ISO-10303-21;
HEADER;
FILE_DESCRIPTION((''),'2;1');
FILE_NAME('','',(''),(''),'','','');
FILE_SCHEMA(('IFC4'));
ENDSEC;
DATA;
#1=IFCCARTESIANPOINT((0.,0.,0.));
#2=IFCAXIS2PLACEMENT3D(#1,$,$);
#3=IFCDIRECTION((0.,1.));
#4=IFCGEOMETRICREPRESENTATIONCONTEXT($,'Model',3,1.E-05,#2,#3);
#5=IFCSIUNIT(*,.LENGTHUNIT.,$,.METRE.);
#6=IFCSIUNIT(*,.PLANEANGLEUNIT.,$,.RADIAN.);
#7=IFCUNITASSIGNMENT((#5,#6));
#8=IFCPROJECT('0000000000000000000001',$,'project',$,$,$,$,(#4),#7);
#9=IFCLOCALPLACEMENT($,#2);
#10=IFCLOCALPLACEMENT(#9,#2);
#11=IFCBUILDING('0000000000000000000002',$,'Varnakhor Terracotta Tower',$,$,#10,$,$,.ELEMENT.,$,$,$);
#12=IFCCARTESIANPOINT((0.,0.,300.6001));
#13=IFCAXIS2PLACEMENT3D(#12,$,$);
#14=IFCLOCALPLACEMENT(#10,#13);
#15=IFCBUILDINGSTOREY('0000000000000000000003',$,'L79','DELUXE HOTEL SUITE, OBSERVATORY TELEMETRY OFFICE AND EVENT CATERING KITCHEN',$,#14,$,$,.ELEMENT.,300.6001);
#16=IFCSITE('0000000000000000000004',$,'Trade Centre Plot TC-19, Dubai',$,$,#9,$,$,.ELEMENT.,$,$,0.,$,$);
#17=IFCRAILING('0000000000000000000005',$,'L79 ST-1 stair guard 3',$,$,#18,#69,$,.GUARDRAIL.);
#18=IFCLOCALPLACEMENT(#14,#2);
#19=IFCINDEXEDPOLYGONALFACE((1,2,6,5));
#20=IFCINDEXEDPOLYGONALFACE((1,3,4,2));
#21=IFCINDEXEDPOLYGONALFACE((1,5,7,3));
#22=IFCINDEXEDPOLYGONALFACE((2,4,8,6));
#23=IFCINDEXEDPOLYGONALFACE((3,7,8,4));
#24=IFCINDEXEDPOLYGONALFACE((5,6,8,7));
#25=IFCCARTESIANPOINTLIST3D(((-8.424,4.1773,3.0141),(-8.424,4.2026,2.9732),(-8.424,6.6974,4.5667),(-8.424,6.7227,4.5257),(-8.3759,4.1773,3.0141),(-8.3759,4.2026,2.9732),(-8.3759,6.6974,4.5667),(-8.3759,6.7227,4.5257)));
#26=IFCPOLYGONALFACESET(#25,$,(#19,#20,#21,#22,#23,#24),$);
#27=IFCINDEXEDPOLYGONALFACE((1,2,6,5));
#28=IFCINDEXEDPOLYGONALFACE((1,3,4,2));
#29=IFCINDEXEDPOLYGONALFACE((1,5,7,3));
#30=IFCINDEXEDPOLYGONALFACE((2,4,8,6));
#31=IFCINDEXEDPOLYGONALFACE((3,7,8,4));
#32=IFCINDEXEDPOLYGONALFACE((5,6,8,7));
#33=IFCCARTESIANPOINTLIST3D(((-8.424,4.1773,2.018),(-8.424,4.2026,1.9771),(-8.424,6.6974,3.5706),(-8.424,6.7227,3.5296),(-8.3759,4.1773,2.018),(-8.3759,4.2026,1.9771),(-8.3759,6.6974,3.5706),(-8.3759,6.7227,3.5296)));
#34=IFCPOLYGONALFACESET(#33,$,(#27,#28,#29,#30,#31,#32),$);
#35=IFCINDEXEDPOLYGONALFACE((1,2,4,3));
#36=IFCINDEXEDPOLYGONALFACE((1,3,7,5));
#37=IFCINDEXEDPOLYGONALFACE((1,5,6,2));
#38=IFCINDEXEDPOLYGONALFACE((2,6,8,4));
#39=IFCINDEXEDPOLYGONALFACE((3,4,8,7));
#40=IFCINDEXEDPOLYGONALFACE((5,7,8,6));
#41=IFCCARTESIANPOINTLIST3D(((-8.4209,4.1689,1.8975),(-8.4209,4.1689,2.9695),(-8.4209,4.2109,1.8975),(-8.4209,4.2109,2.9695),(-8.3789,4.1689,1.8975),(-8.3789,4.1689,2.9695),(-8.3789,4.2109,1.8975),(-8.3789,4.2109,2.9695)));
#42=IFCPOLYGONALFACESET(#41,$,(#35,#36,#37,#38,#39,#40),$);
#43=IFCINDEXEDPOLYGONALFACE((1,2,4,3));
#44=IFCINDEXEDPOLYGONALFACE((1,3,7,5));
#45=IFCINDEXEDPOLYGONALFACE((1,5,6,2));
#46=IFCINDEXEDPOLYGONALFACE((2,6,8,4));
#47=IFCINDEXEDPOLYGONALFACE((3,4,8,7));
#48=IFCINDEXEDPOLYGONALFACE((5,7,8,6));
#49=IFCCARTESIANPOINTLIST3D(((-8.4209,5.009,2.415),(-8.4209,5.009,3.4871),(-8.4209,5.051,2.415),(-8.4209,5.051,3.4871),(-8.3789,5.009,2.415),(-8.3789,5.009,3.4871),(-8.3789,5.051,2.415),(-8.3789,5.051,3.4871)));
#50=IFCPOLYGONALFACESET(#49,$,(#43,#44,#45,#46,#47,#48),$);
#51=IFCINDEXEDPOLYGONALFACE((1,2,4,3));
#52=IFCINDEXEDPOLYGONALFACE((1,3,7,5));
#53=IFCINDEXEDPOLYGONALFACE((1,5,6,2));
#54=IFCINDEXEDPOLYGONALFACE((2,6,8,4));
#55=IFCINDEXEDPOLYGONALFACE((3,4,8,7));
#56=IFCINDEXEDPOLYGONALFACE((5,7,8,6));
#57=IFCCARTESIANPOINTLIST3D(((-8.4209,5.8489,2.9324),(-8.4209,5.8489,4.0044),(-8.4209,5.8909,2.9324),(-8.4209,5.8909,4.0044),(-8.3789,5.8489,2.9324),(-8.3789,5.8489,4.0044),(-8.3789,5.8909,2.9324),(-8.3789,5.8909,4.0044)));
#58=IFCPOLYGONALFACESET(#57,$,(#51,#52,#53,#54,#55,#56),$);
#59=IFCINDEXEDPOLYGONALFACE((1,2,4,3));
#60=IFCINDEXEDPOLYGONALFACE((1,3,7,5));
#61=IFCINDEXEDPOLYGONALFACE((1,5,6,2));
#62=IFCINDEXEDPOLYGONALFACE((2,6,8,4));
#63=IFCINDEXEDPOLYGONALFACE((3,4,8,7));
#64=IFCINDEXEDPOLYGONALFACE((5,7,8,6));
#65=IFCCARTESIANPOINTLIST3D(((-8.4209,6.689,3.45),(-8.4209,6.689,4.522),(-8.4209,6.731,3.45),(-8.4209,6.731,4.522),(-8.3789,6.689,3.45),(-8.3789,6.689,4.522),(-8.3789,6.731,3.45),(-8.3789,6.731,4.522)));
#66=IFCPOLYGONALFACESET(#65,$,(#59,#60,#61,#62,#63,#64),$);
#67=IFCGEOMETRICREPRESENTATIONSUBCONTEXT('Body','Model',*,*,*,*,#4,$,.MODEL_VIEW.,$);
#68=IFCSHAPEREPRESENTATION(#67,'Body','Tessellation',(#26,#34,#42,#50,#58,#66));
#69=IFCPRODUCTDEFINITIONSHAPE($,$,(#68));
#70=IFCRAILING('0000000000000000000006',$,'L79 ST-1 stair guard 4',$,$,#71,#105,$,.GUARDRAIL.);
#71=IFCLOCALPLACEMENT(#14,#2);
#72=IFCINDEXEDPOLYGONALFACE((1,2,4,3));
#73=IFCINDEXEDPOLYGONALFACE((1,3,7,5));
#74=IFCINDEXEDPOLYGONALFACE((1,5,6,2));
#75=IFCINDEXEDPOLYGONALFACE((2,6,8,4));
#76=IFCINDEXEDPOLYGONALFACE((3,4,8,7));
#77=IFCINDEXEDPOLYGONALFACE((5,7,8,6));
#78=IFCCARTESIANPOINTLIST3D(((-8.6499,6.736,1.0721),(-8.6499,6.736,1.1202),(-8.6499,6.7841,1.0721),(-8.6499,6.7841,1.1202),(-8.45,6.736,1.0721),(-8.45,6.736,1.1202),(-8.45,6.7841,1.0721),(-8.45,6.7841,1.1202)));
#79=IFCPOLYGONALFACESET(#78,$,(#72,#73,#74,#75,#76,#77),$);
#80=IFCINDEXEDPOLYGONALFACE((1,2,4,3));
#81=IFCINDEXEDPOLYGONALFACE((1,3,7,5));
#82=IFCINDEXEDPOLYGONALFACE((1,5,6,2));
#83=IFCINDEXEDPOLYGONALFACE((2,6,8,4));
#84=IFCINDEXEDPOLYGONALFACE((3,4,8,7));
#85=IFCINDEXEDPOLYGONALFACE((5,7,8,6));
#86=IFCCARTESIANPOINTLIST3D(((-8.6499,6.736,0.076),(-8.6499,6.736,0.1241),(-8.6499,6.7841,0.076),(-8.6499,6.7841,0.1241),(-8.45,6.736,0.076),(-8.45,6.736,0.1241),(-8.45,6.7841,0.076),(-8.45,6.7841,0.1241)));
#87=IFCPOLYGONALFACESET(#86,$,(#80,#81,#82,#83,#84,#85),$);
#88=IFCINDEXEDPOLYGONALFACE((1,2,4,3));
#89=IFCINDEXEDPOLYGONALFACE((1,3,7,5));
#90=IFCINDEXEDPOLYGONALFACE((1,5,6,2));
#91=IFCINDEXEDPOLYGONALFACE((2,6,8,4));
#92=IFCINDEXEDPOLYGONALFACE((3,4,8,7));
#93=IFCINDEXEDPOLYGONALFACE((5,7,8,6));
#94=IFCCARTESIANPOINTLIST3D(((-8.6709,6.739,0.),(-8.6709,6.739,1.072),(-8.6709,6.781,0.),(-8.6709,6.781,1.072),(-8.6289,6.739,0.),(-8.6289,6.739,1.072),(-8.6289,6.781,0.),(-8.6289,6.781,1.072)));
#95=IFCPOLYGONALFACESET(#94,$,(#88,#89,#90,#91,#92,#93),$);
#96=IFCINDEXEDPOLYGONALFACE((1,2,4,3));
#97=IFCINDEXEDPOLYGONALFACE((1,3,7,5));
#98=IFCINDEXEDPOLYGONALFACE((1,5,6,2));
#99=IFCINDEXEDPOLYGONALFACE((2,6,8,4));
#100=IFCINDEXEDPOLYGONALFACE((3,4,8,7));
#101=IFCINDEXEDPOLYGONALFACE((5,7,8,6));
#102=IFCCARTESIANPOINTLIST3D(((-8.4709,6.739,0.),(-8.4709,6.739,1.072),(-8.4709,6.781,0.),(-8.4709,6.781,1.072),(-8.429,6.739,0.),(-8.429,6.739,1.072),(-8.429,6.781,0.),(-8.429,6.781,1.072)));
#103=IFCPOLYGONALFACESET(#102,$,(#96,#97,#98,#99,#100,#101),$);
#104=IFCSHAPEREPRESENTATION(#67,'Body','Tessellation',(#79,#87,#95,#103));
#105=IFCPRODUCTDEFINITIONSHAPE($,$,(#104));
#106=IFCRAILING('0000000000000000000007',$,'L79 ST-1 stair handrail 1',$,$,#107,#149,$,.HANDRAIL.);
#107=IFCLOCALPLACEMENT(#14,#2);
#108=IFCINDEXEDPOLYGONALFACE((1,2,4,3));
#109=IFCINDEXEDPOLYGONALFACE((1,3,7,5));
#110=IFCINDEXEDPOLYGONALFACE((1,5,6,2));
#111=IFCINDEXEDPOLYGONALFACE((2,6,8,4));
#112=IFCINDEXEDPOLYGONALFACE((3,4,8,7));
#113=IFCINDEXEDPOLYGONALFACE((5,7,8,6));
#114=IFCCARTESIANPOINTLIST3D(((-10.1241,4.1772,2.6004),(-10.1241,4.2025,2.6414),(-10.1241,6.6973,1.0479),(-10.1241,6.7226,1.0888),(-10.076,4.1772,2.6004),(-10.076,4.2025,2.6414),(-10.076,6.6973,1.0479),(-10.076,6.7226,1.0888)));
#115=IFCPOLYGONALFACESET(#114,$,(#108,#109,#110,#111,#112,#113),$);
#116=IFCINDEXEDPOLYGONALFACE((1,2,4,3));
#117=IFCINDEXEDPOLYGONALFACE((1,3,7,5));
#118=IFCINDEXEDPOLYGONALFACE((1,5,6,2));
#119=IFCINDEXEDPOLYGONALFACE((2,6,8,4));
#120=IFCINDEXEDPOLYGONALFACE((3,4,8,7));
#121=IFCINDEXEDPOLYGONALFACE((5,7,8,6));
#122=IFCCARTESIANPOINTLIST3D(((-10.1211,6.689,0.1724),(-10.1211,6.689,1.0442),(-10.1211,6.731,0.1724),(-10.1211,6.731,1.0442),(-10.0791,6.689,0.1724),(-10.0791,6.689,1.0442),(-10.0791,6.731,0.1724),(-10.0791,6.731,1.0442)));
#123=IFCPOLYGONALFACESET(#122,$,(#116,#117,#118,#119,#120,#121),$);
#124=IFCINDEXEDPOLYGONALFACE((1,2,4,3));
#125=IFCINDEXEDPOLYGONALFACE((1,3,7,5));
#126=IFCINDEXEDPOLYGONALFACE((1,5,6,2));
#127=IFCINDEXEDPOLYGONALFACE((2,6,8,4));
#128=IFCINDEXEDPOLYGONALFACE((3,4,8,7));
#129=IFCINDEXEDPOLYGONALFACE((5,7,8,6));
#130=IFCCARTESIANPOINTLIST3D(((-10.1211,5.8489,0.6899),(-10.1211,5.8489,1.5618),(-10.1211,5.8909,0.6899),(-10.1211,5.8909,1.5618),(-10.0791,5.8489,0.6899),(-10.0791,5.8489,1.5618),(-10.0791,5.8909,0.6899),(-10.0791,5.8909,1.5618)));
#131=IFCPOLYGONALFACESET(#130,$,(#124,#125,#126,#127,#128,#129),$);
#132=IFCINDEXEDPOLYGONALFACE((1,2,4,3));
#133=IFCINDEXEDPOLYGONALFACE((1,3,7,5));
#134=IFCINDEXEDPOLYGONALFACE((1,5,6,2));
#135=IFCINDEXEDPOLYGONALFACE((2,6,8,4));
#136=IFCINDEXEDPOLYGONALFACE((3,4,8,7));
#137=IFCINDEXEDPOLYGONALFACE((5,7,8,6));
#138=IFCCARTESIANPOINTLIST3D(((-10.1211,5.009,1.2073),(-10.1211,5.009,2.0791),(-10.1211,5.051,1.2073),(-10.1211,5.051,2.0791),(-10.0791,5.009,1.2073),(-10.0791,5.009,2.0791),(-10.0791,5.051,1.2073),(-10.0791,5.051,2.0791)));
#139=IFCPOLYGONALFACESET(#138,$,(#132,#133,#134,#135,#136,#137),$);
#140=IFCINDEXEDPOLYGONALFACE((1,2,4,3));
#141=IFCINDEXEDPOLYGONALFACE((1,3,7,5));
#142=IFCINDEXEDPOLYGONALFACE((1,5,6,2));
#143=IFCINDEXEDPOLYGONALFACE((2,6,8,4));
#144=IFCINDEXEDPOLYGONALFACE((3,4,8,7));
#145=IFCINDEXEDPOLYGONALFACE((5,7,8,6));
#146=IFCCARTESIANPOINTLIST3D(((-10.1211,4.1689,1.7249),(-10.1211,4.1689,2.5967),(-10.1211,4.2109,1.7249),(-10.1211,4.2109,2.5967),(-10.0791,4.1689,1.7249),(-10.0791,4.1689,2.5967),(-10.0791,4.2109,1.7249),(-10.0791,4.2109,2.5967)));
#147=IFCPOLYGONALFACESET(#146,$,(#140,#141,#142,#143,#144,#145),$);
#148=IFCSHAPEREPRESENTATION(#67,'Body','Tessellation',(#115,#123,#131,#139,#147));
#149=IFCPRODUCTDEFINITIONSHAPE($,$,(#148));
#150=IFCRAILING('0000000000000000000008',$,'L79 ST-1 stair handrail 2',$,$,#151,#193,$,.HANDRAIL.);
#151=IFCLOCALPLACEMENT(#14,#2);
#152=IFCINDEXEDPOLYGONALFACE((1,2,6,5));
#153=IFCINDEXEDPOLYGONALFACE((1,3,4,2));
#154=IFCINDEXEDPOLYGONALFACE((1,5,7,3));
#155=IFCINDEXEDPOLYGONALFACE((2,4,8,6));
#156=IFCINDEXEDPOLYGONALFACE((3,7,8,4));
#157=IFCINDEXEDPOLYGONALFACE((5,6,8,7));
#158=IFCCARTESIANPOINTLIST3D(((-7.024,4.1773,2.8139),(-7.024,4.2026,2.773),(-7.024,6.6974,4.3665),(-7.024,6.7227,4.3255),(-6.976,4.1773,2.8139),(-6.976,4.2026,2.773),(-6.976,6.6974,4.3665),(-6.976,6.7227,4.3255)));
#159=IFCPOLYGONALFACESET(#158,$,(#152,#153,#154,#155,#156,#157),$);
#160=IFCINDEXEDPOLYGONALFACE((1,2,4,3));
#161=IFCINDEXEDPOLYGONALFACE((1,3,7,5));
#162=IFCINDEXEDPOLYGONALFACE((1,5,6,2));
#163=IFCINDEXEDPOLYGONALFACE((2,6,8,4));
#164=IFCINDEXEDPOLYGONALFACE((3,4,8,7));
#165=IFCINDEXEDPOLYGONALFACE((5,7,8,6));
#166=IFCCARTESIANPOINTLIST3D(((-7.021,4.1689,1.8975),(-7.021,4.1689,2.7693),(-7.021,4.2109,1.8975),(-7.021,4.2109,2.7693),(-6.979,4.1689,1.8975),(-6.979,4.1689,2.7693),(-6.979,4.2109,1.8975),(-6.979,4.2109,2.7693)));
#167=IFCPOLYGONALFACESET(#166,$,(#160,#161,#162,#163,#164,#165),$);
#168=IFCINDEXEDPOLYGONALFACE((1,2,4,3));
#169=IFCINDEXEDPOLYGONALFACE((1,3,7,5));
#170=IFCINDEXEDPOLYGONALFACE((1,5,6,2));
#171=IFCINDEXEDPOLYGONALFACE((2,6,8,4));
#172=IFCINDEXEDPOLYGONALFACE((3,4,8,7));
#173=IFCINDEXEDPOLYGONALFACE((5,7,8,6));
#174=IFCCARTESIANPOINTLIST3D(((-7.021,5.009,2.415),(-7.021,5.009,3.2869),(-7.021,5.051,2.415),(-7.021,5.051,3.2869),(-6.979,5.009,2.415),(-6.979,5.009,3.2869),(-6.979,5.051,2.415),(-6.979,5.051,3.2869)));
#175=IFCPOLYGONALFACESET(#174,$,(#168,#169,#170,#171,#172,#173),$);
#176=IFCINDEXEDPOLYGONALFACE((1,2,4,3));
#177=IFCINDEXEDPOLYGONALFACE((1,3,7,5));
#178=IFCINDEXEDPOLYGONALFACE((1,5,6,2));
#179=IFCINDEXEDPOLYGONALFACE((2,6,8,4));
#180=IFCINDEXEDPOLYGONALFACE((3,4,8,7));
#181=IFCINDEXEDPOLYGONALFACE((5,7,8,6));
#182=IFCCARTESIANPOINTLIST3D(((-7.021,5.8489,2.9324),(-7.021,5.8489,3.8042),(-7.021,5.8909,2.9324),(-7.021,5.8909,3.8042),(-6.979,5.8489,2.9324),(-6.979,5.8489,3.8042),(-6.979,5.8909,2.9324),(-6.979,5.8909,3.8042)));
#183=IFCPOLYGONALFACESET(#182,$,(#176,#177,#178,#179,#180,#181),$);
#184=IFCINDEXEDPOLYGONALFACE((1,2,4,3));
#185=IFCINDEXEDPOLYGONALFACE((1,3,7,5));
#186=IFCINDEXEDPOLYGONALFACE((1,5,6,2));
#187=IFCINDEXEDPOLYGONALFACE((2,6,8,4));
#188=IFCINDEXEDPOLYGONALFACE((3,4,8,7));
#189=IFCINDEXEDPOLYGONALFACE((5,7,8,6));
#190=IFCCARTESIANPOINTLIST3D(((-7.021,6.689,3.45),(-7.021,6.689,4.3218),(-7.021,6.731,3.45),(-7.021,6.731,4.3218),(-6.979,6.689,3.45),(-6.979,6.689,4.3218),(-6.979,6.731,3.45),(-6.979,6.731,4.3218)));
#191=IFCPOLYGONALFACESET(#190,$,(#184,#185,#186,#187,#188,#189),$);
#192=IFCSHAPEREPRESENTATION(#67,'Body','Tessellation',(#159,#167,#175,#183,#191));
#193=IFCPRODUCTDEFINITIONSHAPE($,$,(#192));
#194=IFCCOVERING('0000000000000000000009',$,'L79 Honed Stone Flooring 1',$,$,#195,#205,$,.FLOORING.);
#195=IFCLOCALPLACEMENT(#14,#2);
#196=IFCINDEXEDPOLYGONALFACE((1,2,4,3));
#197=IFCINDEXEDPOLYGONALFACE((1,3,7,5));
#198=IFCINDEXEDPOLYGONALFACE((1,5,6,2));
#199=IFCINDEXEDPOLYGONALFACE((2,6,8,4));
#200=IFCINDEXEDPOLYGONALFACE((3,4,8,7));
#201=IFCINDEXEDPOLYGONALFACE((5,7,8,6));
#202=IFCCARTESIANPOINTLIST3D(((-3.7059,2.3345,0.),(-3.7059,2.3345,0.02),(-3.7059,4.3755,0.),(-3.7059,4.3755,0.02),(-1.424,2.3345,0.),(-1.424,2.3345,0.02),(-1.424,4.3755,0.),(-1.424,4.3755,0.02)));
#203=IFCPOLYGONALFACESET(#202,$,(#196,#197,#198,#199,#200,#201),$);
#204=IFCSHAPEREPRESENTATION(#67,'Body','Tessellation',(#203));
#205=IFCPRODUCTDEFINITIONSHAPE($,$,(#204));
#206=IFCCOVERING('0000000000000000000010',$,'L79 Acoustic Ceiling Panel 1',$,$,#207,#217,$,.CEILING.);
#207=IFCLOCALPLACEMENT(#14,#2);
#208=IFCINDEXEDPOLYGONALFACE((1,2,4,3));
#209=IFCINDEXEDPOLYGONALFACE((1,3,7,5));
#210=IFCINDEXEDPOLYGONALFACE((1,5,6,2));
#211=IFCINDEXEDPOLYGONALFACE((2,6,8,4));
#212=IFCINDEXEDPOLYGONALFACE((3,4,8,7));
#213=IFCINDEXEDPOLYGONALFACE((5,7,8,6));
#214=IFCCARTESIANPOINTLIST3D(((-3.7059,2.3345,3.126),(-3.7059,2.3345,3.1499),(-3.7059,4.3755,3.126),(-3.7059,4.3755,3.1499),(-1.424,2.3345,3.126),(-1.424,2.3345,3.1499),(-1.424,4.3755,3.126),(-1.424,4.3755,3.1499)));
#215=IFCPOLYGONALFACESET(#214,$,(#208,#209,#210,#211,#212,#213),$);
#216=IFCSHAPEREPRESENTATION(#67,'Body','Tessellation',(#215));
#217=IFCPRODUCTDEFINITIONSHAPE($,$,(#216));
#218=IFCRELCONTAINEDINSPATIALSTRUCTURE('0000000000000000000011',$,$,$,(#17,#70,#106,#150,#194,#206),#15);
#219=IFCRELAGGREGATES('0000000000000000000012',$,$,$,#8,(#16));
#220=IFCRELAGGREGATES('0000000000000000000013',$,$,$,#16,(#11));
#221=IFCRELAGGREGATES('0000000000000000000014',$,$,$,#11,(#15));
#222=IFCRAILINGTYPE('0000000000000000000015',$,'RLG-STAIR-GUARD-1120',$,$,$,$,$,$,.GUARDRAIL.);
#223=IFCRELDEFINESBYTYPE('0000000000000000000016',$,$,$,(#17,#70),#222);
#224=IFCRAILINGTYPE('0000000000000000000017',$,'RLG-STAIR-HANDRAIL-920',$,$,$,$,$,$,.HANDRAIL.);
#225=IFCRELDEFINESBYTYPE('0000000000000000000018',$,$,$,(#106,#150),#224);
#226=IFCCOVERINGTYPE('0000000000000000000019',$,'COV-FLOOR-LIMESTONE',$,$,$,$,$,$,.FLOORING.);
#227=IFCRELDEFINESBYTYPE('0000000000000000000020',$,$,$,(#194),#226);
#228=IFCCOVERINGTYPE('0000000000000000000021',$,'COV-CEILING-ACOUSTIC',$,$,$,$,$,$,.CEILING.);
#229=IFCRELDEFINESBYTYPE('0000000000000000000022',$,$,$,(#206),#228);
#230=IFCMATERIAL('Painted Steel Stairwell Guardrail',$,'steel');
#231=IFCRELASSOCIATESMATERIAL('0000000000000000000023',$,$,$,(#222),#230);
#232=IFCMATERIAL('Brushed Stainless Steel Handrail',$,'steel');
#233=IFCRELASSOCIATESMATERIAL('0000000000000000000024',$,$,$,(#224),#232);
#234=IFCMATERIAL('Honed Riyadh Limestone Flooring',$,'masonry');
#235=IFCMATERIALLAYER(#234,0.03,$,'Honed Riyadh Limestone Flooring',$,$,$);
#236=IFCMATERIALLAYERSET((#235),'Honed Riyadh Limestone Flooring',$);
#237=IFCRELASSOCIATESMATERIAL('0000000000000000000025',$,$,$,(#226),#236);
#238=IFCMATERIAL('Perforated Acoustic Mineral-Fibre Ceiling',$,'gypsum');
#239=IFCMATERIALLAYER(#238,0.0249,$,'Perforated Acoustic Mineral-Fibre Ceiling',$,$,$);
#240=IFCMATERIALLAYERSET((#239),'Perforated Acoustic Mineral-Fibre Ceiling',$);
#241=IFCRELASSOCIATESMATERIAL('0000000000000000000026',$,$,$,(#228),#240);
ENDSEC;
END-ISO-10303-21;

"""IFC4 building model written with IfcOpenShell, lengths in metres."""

from ifc_helpers import new_model, si_unit, direction, frame, origin, origin_2d, place, context, subcontext, project, spatial, rectangle, extrude, source, transform, mapped, material, layer, layer_set, type_object, element, save


model = new_model("IFC4")

# Units and contexts
model_context = context("Model", 3, precision=1e-05, world=origin(), true_north=direction((0.0, 1.0)))
body_context = subcontext(model_context, "Body", "Model", "MODEL_VIEW")
ifc_project = project(units=[si_unit("LENGTHUNIT", "METRE"), si_unit("PLANEANGLEUNIT", "RADIAN")], contexts=[model_context])

# Site, building, storey
site_placement = place(None, origin())
site = spatial("IfcSite", under=ifc_project, at=site_placement, Name="Trade Centre Plot TC-19, Dubai", CompositionType="ELEMENT", RefElevation=0.0)
building_placement = place(site_placement, origin())
building = spatial("IfcBuilding", under=site, at=building_placement, Name="Varnakhor Terracotta Tower", CompositionType="ELEMENT")
storey_placement = place(building_placement, frame((0.0, 0.0, 300.6001)))
storey = spatial("IfcBuildingStorey", under=building, at=storey_placement, Name="L79", Description="DELUXE HOTEL SUITE, OBSERVATORY TELEMETRY OFFICE AND EVENT CATERING KITCHEN", CompositionType="ELEMENT", Elevation=300.6001)

# Railings
ifc_material_1 = material(Name="Painted Steel Stairwell Guardrail", Category="steel")
railing_type_1 = type_object("IfcRailingType", Name="RLG-STAIR-GUARD-1120", PredefinedType="GUARDRAIL", material=ifc_material_1)
railing_1_placement = place(storey_placement, frame((-8.3999, 4.1899, 1.8975)))
element("IfcRailing", 1, at=railing_1_placement, inside=storey, type_object=railing_type_1, Name="L79 ST-1 stair guard 3", PredefinedType="GUARDRAIL", context=body_context, shape_type="SweptSolid", body=[
    extrude(rectangle(XDim=0.0481, YDim=0.0481, at=origin_2d()), frame((0.0, 0.0, 1.0962), z_axis=(0.0, 0.8514, 0.524516), x_axis=(-1.0, 0.0, 0.0)), (0.0, 0.0, 1.0), 2.96),
    extrude(rectangle(XDim=0.0481, YDim=0.0481, at=origin_2d()), frame((0.0, 0.0, 0.1001), z_axis=(0.0, 0.8514, 0.524516), x_axis=(-1.0, 0.0, 0.0)), (0.0, 0.0, 1.0), 2.96),
    extrude(rectangle(XDim=0.042, YDim=0.042, at=origin_2d()), origin(), (0.0, 0.0, 1.0), 1.072),
    extrude(rectangle(XDim=0.042, YDim=0.042, at=origin_2d()), frame((0.0, 0.8401, 0.5176)), (0.0, 0.0, 1.0), 1.072),
    extrude(rectangle(XDim=0.042, YDim=0.042, at=origin_2d()), frame((0.0, 1.6799, 1.0349)), (0.0, 0.0, 1.0), 1.072),
    extrude(rectangle(XDim=0.042, YDim=0.042, at=origin_2d()), frame((0.0, 2.52, 1.5525)), (0.0, 0.0, 1.0), 1.072),
])
railing_2_placement = place(storey_placement, frame((-8.6499, 6.76, 0.0)))
element("IfcRailing", 2, at=railing_2_placement, inside=storey, type_object=railing_type_1, Name="L79 ST-1 stair guard 4", PredefinedType="GUARDRAIL", context=body_context, shape_type="SweptSolid", body=[
    extrude(rectangle(XDim=0.0481, YDim=0.0481, at=origin_2d()), frame((0.0, 0.0, 1.0962), z_axis=(1.0, 0.0, 0.0), x_axis=(0.0, 1.0, 0.0)), (0.0, 0.0, 1.0), 0.2),
    extrude(rectangle(XDim=0.0481, YDim=0.0481, at=origin_2d()), frame((0.0, 0.0, 0.1001), z_axis=(1.0, 0.0, 0.0), x_axis=(0.0, 1.0, 0.0)), (0.0, 0.0, 1.0), 0.2),
    extrude(rectangle(XDim=0.042, YDim=0.042, at=origin_2d()), origin(), (0.0, 0.0, 1.0), 1.072),
    extrude(rectangle(XDim=0.042, YDim=0.042, at=origin_2d()), frame((0.2, 0.0, 0.0)), (0.0, 0.0, 1.0), 1.072),
])
ifc_material_2 = material(Name="Brushed Stainless Steel Handrail", Category="steel")
railing_type_2 = type_object("IfcRailingType", Name="RLG-STAIR-HANDRAIL-920", PredefinedType="HANDRAIL", material=ifc_material_2)
railing_3_placement = place(storey_placement, frame((-10.1001, 6.71, 0.1724)))
element("IfcRailing", 3, at=railing_3_placement, inside=storey, type_object=railing_type_2, Name="L79 ST-1 stair handrail 1", PredefinedType="HANDRAIL", context=body_context, shape_type="SweptSolid", body=[
    extrude(rectangle(XDim=0.0481, YDim=0.0481, at=origin_2d()), frame((0.0, 0.0, 0.896), z_axis=(0.0, -0.8514, 0.524516), x_axis=(1.0, 0.0, 0.0)), (0.0, 0.0, 1.0), 2.96),
    extrude(rectangle(XDim=0.042, YDim=0.042, at=origin_2d()), origin(), (0.0, 0.0, 1.0), 0.8718),
    extrude(rectangle(XDim=0.042, YDim=0.042, at=origin_2d()), frame((0.0, -0.8401, 0.5176)), (0.0, 0.0, 1.0), 0.8718),
    extrude(rectangle(XDim=0.042, YDim=0.042, at=origin_2d()), frame((0.0, -1.6799, 1.0349)), (0.0, 0.0, 1.0), 0.8718),
    extrude(rectangle(XDim=0.042, YDim=0.042, at=origin_2d()), frame((0.0, -2.52, 1.5525)), (0.0, 0.0, 1.0), 0.8718),
])
railing_4_placement = place(storey_placement, frame((-7.0, 4.1899, 1.8975)))
element("IfcRailing", 4, at=railing_4_placement, inside=storey, type_object=railing_type_2, Name="L79 ST-1 stair handrail 2", PredefinedType="HANDRAIL", context=body_context, shape_type="SweptSolid", body=[
    extrude(rectangle(XDim=0.0481, YDim=0.0481, at=origin_2d()), frame((0.0, 0.0, 0.896), z_axis=(0.0, 0.8514, 0.524516), x_axis=(-1.0, 0.0, 0.0)), (0.0, 0.0, 1.0), 2.96),
    extrude(rectangle(XDim=0.042, YDim=0.042, at=origin_2d()), origin(), (0.0, 0.0, 1.0), 0.8718),
    extrude(rectangle(XDim=0.042, YDim=0.042, at=origin_2d()), frame((0.0, 0.8401, 0.5176)), (0.0, 0.0, 1.0), 0.8718),
    extrude(rectangle(XDim=0.042, YDim=0.042, at=origin_2d()), frame((0.0, 1.6799, 1.0349)), (0.0, 0.0, 1.0), 0.8718),
    extrude(rectangle(XDim=0.042, YDim=0.042, at=origin_2d()), frame((0.0, 2.52, 1.5525)), (0.0, 0.0, 1.0), 0.8718),
])

# Coverings
ifc_material_3 = material(Name="Honed Riyadh Limestone Flooring", Category="masonry")
ifc_layer_1 = layer(ifc_material_3, 0.03, Name="Honed Riyadh Limestone Flooring")
ifc_layer_set_1 = layer_set([ifc_layer_1], Name="Honed Riyadh Limestone Flooring")
covering_type_1 = type_object("IfcCoveringType", Name="COV-FLOOR-LIMESTONE", PredefinedType="FLOORING", material=ifc_layer_set_1)
shared_shape_1 = source(origin(), body_context, "Body", "SweptSolid", [
    extrude(rectangle(XDim=2.282, YDim=2.041, at=origin_2d()), origin(), (0.0, 0.0, 1.0), 0.02),
])
covering_1_placement = place(storey_placement, frame((-2.5649, 3.355, 0.0), z_axis=(0.0, 0.0, 1.0), x_axis=(1.0, 0.0, 0.0)))
element("IfcCovering", 5, at=covering_1_placement, inside=storey, type_object=covering_type_1, Name="L79 Honed Stone Flooring 1", PredefinedType="FLOORING", context=body_context, shape_type="MappedRepresentation", body=[
    mapped(shared_shape_1, transform((0.0, 0.0, 0.0), scale=1.0)),
])
ifc_material_4 = material(Name="Perforated Acoustic Mineral-Fibre Ceiling", Category="gypsum")
ifc_layer_2 = layer(ifc_material_4, 0.0249, Name="Perforated Acoustic Mineral-Fibre Ceiling")
ifc_layer_set_2 = layer_set([ifc_layer_2], Name="Perforated Acoustic Mineral-Fibre Ceiling")
covering_type_2 = type_object("IfcCoveringType", Name="COV-CEILING-ACOUSTIC", PredefinedType="CEILING", material=ifc_layer_set_2)
shared_shape_2 = source(origin(), body_context, "Body", "SweptSolid", [
    extrude(rectangle(XDim=2.282, YDim=2.041, at=origin_2d()), origin(), (0.0, 0.0, 1.0), 0.0239),
])
covering_2_placement = place(storey_placement, frame((-2.5649, 3.355, 3.126), z_axis=(0.0, 0.0, 1.0), x_axis=(1.0, 0.0, 0.0)))
element("IfcCovering", 6, at=covering_2_placement, inside=storey, type_object=covering_type_2, Name="L79 Acoustic Ceiling Panel 1", PredefinedType="CEILING", context=body_context, shape_type="MappedRepresentation", body=[
    mapped(shared_shape_2, transform((0.0, 0.0, 0.0), scale=1.0)),
])

save(model, "model.ifc")
